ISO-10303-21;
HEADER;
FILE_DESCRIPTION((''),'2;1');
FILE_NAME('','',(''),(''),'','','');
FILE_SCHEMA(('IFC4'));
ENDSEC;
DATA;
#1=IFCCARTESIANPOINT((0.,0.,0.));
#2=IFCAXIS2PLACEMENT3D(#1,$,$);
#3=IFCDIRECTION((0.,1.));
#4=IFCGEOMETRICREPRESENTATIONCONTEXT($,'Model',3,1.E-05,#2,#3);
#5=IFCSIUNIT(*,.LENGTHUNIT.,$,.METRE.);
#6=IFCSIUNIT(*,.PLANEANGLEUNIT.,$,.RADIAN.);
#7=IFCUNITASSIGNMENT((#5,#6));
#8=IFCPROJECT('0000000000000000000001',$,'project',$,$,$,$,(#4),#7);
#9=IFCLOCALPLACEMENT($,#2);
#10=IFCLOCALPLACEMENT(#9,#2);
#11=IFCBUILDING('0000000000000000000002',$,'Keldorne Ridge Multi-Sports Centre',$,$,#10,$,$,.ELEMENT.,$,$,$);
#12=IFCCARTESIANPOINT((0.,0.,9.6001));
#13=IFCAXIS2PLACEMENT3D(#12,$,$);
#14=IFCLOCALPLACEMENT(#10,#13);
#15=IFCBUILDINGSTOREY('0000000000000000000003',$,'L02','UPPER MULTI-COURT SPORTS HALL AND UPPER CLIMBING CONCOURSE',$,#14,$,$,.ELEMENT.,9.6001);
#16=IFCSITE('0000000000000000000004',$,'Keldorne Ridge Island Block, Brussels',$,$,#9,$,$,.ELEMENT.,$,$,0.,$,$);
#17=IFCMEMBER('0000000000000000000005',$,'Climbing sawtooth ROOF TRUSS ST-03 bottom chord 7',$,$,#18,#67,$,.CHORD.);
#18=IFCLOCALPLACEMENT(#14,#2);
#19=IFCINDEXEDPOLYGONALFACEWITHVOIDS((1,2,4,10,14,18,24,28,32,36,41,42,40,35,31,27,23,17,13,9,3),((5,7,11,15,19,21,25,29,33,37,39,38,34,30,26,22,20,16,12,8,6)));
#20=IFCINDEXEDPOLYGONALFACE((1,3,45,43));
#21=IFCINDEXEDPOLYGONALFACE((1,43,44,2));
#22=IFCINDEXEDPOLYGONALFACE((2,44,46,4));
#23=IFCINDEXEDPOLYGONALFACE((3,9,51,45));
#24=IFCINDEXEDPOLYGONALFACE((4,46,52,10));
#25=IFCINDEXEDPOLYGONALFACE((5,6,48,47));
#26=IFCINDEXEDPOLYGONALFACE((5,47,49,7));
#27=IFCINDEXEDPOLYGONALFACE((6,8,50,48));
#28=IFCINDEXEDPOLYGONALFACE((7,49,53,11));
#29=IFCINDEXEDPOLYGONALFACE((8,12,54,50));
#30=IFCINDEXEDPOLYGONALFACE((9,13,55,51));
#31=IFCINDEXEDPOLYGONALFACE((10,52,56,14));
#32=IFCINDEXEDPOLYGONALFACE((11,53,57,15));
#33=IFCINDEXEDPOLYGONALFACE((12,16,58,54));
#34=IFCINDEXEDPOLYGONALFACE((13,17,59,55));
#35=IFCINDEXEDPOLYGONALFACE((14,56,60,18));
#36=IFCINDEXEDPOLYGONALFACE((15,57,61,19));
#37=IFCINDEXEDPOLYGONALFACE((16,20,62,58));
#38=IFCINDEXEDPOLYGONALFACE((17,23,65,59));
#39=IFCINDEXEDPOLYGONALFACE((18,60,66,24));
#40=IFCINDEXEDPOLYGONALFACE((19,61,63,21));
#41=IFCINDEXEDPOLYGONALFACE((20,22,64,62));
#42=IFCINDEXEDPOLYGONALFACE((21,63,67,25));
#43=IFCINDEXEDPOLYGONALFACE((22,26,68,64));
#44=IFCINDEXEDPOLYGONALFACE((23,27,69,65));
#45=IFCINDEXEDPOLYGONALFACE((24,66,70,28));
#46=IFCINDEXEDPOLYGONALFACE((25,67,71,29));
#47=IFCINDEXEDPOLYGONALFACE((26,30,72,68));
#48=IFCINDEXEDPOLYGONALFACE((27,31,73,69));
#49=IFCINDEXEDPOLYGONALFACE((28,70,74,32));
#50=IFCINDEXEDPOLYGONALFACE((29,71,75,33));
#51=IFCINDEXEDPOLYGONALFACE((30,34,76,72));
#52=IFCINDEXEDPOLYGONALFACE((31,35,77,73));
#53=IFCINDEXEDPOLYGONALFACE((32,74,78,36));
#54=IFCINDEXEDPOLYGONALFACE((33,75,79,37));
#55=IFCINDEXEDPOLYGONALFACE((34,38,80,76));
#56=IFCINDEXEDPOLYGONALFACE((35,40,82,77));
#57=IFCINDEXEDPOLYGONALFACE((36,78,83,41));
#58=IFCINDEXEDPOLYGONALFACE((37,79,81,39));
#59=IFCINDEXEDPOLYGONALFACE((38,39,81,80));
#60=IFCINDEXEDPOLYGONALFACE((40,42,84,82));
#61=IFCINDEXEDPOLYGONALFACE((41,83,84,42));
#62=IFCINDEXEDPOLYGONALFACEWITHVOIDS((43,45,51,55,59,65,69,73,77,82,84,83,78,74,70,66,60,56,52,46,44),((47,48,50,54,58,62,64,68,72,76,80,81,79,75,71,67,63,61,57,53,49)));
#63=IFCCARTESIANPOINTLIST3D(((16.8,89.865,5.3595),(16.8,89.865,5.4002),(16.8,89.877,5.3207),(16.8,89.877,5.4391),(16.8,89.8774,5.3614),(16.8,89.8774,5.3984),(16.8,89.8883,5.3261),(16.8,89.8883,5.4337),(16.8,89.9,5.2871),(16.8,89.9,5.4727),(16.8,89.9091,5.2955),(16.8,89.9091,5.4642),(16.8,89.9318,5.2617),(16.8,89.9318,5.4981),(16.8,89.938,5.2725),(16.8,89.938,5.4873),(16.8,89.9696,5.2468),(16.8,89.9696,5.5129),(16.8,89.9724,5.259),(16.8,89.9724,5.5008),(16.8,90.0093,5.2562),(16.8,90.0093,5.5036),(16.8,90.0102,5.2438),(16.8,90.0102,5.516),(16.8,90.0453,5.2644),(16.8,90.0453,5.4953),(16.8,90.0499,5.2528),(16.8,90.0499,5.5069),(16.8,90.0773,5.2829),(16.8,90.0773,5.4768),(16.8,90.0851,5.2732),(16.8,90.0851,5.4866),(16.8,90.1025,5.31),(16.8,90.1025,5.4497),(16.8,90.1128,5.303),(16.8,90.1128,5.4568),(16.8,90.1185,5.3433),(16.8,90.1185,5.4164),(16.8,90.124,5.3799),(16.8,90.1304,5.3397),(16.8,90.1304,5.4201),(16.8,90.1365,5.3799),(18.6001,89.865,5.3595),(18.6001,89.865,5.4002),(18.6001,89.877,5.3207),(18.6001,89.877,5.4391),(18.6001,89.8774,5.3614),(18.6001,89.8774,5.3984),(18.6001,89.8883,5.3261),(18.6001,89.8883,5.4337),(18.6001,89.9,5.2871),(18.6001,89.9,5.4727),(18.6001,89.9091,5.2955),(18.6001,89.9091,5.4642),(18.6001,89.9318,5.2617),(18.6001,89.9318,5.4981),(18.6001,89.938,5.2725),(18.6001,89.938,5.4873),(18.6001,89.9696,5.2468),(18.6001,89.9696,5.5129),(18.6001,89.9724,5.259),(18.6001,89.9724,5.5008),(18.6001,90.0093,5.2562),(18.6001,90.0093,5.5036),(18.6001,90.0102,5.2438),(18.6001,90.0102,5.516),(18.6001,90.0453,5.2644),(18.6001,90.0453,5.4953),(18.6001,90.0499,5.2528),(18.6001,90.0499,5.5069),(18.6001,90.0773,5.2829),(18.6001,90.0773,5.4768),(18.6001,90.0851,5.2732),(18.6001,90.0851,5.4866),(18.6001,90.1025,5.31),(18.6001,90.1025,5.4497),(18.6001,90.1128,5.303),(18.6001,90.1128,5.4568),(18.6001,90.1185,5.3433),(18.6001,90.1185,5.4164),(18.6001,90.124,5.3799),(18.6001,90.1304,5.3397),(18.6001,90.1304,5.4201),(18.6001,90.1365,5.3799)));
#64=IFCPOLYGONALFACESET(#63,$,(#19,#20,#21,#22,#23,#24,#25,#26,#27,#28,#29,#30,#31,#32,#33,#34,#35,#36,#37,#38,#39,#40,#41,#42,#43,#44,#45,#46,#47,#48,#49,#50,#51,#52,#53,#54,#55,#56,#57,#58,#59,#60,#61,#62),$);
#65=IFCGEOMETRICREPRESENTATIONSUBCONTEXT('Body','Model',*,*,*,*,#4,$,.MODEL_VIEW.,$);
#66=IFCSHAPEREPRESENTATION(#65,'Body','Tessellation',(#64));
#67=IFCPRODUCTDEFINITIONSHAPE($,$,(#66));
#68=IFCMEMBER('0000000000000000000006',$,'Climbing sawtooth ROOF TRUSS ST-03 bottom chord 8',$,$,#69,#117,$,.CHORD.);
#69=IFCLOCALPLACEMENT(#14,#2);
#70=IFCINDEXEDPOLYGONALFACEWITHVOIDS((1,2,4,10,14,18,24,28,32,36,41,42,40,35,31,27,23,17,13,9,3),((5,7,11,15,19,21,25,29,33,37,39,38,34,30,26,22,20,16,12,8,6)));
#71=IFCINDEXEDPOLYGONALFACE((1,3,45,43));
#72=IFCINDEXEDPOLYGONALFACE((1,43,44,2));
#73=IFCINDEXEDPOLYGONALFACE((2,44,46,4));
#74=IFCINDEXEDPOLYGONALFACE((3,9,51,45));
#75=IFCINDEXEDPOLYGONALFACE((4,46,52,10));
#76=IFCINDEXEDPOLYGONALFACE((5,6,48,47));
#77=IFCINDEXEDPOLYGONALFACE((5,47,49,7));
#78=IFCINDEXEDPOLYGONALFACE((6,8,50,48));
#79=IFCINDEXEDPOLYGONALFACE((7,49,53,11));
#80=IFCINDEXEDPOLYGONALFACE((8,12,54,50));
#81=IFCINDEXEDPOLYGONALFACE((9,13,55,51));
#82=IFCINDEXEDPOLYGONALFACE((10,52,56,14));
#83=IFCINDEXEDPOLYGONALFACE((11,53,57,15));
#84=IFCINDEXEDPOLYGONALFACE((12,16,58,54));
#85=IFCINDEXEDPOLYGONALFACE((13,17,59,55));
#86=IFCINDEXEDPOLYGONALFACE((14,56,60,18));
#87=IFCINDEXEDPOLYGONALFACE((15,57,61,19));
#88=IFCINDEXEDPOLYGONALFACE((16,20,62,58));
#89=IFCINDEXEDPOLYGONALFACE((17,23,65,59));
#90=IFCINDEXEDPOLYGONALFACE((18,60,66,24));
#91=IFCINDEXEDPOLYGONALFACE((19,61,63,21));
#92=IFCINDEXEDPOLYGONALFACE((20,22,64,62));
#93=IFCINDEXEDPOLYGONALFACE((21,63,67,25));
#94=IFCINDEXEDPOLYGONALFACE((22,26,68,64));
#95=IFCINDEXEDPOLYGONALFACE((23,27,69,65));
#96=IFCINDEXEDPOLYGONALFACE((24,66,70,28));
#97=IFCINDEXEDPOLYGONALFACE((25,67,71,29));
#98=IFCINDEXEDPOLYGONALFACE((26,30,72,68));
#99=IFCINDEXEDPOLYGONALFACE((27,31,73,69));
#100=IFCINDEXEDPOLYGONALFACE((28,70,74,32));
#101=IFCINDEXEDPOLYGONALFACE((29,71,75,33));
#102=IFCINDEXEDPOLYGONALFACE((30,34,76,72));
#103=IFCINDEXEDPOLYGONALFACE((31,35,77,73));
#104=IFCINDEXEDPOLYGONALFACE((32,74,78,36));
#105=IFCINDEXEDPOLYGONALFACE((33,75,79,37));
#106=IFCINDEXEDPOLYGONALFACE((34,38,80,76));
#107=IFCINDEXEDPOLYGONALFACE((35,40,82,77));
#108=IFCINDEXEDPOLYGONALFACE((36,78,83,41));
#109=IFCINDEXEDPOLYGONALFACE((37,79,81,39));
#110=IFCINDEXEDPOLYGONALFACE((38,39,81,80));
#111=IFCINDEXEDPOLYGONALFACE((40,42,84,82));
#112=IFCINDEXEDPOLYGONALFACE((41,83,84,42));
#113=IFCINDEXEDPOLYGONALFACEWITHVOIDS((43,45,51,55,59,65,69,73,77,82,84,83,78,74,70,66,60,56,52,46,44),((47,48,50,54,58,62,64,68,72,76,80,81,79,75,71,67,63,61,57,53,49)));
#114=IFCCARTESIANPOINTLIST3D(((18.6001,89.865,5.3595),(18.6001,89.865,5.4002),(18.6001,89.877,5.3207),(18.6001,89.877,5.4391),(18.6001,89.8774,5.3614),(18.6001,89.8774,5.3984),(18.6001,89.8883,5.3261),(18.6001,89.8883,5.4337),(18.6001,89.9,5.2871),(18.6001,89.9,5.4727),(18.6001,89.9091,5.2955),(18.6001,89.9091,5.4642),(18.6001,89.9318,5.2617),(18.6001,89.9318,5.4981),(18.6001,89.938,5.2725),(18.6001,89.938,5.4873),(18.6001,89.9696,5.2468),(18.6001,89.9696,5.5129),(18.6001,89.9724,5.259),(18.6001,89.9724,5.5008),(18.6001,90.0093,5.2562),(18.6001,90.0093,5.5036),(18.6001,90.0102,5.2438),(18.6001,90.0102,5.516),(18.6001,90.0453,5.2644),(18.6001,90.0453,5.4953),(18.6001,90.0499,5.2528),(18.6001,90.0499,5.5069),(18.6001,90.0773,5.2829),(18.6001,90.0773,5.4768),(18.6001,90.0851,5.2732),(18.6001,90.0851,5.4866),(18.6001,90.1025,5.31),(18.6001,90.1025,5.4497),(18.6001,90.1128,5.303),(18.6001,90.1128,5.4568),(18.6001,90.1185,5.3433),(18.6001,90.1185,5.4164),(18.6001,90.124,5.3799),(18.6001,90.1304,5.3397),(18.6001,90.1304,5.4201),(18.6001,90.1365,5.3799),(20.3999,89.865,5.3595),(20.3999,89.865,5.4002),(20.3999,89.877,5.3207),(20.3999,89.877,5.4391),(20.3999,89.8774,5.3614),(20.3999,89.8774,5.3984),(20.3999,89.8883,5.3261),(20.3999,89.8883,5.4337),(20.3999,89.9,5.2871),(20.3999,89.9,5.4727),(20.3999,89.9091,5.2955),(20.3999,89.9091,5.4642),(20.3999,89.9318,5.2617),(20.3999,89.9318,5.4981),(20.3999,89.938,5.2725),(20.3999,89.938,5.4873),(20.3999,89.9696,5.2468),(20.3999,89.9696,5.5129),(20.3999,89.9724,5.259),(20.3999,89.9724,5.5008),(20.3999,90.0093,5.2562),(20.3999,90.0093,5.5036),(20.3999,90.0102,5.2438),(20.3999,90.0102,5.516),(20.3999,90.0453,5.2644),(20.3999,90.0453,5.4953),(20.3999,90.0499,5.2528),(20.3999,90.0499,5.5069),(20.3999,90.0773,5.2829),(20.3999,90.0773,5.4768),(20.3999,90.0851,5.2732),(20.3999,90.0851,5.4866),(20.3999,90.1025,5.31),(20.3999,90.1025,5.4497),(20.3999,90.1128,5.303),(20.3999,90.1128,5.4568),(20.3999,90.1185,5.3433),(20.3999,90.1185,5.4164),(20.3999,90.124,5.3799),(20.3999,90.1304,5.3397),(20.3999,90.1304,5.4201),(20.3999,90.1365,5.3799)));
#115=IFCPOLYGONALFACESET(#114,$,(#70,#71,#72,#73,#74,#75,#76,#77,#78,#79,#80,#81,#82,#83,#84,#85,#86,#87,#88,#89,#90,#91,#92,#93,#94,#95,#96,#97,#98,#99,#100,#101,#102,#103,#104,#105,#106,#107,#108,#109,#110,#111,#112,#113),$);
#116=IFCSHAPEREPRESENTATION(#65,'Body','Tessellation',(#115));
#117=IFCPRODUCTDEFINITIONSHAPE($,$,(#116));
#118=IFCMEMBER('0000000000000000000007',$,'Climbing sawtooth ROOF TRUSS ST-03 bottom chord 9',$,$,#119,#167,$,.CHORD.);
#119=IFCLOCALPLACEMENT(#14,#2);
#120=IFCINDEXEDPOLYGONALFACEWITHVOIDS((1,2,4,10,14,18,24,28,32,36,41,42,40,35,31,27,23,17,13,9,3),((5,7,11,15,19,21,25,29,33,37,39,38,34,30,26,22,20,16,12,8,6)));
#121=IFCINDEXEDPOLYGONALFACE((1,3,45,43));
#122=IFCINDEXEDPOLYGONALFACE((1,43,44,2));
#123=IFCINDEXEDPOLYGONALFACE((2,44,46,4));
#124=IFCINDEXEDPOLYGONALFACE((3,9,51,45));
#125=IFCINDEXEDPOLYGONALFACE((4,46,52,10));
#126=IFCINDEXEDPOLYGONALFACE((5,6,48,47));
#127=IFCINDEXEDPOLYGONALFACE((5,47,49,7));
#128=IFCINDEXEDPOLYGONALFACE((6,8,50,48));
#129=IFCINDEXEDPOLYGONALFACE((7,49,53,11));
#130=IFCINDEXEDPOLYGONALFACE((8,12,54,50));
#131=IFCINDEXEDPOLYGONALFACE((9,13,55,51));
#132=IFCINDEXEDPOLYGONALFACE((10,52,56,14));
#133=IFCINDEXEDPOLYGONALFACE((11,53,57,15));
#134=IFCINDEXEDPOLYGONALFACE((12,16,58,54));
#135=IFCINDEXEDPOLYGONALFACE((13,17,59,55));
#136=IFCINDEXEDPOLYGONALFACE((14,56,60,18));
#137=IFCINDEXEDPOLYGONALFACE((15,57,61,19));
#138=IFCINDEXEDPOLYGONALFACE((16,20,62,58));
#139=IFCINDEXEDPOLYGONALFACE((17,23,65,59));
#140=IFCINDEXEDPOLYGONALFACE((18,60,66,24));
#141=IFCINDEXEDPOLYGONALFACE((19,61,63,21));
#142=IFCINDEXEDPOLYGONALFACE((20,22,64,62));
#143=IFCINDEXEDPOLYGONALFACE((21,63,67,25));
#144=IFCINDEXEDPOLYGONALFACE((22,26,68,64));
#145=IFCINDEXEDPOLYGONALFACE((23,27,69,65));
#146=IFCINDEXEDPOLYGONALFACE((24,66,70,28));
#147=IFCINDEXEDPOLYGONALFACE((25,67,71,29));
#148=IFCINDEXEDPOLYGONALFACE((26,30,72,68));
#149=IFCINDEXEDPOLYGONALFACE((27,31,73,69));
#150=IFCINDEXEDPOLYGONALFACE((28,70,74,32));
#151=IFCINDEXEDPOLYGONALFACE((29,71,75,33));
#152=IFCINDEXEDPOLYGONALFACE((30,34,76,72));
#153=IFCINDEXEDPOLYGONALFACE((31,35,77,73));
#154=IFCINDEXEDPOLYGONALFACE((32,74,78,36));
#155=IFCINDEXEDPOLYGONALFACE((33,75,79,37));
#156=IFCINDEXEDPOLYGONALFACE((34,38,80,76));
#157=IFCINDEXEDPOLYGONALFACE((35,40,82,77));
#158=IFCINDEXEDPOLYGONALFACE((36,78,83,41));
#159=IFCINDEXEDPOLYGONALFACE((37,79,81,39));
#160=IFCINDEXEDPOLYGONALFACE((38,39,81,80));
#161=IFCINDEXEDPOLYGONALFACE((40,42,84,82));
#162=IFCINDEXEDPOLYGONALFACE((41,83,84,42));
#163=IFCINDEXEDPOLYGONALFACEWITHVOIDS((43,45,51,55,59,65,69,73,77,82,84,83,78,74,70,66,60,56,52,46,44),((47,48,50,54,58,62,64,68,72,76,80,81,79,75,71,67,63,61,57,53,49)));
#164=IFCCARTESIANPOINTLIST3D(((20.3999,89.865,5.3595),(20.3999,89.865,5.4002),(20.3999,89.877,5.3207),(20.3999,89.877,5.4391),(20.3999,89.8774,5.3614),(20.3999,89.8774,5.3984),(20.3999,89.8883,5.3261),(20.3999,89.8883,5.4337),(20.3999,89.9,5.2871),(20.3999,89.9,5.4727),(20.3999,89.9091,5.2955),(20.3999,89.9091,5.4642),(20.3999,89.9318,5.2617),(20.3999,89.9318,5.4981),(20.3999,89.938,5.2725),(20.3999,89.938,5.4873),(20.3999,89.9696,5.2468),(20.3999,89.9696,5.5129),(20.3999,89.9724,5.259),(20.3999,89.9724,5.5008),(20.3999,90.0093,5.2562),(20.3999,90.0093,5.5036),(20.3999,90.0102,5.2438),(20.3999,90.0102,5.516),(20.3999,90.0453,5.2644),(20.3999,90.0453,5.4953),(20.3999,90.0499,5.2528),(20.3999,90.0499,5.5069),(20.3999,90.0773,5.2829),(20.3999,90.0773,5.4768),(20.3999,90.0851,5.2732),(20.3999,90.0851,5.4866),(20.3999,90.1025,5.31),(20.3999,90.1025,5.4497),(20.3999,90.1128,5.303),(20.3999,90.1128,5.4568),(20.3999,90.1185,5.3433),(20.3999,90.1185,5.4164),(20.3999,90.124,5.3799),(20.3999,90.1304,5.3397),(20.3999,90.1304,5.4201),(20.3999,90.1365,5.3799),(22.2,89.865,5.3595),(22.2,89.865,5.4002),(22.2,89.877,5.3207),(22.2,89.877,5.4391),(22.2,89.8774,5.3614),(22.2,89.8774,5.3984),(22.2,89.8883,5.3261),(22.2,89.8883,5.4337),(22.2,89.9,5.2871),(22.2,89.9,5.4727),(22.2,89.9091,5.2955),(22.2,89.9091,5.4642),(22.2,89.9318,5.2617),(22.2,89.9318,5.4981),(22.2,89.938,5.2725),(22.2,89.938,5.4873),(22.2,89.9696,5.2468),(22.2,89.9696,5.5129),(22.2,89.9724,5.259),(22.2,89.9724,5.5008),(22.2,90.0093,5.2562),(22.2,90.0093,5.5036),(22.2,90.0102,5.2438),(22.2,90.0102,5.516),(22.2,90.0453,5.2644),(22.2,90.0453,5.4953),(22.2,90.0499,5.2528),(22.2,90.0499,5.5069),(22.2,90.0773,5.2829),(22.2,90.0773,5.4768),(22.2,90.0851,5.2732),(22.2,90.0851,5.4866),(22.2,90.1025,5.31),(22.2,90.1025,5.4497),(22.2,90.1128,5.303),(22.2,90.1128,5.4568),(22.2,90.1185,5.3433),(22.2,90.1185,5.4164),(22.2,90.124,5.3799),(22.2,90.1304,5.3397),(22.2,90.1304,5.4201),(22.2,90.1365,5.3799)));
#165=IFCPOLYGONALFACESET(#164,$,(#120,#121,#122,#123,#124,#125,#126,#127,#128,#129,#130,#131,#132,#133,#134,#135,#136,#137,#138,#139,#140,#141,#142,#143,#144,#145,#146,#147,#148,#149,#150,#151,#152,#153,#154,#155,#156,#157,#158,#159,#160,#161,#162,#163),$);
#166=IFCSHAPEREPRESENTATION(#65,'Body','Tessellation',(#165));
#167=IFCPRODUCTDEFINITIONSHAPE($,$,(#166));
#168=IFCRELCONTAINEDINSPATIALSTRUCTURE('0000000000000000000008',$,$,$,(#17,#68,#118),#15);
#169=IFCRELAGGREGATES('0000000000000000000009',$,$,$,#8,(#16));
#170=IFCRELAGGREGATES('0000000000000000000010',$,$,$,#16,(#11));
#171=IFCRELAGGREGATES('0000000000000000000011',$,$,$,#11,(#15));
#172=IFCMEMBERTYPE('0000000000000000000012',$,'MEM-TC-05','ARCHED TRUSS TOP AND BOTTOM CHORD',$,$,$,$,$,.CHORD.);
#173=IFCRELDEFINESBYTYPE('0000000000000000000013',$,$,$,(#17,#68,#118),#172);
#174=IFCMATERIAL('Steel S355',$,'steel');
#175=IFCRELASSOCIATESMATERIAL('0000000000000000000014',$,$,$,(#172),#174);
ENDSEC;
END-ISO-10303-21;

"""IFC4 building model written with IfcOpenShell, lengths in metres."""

from ifc_helpers import new_model, si_unit, direction, frame, origin, origin_2d, place, context, subcontext, project, spatial, hollow_circle, extrude, material, material_profile, profile_set, type_object, element, save


model = new_model("IFC4")

# Units and contexts
model_context = context("Model", 3, precision=1e-05, world=origin(), true_north=direction((0.0, 1.0)))
body_context = subcontext(model_context, "Body", "Model", "MODEL_VIEW")
ifc_project = project(units=[si_unit("LENGTHUNIT", "METRE"), si_unit("PLANEANGLEUNIT", "RADIAN")], contexts=[model_context])

# Site, building, storey
site_placement = place(None, origin())
site = spatial("IfcSite", under=ifc_project, at=site_placement, Name="Keldorne Ridge Island Block, Brussels", CompositionType="ELEMENT", RefElevation=0.0)
building_placement = place(site_placement, origin())
building = spatial("IfcBuilding", under=site, at=building_placement, Name="Keldorne Ridge Multi-Sports Centre", CompositionType="ELEMENT")
storey_placement = place(building_placement, frame((0.0, 0.0, 9.6001)))
storey = spatial("IfcBuildingStorey", under=building, at=storey_placement, Name="L02", Description="UPPER MULTI-COURT SPORTS HALL AND UPPER CLIMBING CONCOURSE", CompositionType="ELEMENT", Elevation=9.6001)

# Members
ifc_material = material(Name="Steel S355", Category="steel")
ifc_material_profile_1 = material_profile(ifc_material, hollow_circle(Radius=0.1365, WallThickness=0.0125, at=origin_2d()), Name="CHS 273x12.5")
ifc_profile_set_1 = profile_set([ifc_material_profile_1], Name="Steel S355")
member_type_1 = type_object("IfcMemberType", Name="MEM-TC-05", Description="ARCHED TRUSS TOP AND BOTTOM CHORD", PredefinedType="CHORD", material=ifc_profile_set_1)
for number, where, z_axis, x_axis, name in (
    (1, (16.8, 90.0, 5.3799), (1.0, 0.0, 0.0), (0.0, 1.0, 0.0), "Climbing sawtooth ROOF TRUSS ST-03 bottom chord 7"),
):
    element("IfcMember", number, at=place(storey_placement, frame(where, z_axis=z_axis, x_axis=x_axis)), inside=storey, type_object=member_type_1, Name=name, PredefinedType="CHORD", context=body_context, shape_type="SweptSolid", body=[
        extrude(hollow_circle(Radius=0.1365, WallThickness=0.0125, at=origin_2d()), origin(), (0.0, 0.0, 1.0), 1.8),
    ])
member_1_placement = place(storey_placement, frame((18.6001, 90.0, 5.3799), z_axis=(1.0, 0.0, 0.0), x_axis=(0.0, 1.0, 0.0)))
element("IfcMember", 2, at=member_1_placement, inside=storey, type_object=member_type_1, Name="Climbing sawtooth ROOF TRUSS ST-03 bottom chord 8", PredefinedType="CHORD", context=body_context, shape_type="SweptSolid", body=[
    extrude(hollow_circle(Radius=0.1365, WallThickness=0.0125, at=origin_2d()), origin(), (0.0, 0.0, 1.0), 1.7998),
])
for number, where, z_axis, x_axis, name in (
    (3, (20.3999, 90.0, 5.3799), (1.0, 0.0, 0.0), (0.0, 1.0, 0.0), "Climbing sawtooth ROOF TRUSS ST-03 bottom chord 9"),
):
    element("IfcMember", number, at=place(storey_placement, frame(where, z_axis=z_axis, x_axis=x_axis)), inside=storey, type_object=member_type_1, Name=name, PredefinedType="CHORD", context=body_context, shape_type="SweptSolid", body=[
        extrude(hollow_circle(Radius=0.1365, WallThickness=0.0125, at=origin_2d()), origin(), (0.0, 0.0, 1.0), 1.8),
    ])

save(model, "model.ifc")
